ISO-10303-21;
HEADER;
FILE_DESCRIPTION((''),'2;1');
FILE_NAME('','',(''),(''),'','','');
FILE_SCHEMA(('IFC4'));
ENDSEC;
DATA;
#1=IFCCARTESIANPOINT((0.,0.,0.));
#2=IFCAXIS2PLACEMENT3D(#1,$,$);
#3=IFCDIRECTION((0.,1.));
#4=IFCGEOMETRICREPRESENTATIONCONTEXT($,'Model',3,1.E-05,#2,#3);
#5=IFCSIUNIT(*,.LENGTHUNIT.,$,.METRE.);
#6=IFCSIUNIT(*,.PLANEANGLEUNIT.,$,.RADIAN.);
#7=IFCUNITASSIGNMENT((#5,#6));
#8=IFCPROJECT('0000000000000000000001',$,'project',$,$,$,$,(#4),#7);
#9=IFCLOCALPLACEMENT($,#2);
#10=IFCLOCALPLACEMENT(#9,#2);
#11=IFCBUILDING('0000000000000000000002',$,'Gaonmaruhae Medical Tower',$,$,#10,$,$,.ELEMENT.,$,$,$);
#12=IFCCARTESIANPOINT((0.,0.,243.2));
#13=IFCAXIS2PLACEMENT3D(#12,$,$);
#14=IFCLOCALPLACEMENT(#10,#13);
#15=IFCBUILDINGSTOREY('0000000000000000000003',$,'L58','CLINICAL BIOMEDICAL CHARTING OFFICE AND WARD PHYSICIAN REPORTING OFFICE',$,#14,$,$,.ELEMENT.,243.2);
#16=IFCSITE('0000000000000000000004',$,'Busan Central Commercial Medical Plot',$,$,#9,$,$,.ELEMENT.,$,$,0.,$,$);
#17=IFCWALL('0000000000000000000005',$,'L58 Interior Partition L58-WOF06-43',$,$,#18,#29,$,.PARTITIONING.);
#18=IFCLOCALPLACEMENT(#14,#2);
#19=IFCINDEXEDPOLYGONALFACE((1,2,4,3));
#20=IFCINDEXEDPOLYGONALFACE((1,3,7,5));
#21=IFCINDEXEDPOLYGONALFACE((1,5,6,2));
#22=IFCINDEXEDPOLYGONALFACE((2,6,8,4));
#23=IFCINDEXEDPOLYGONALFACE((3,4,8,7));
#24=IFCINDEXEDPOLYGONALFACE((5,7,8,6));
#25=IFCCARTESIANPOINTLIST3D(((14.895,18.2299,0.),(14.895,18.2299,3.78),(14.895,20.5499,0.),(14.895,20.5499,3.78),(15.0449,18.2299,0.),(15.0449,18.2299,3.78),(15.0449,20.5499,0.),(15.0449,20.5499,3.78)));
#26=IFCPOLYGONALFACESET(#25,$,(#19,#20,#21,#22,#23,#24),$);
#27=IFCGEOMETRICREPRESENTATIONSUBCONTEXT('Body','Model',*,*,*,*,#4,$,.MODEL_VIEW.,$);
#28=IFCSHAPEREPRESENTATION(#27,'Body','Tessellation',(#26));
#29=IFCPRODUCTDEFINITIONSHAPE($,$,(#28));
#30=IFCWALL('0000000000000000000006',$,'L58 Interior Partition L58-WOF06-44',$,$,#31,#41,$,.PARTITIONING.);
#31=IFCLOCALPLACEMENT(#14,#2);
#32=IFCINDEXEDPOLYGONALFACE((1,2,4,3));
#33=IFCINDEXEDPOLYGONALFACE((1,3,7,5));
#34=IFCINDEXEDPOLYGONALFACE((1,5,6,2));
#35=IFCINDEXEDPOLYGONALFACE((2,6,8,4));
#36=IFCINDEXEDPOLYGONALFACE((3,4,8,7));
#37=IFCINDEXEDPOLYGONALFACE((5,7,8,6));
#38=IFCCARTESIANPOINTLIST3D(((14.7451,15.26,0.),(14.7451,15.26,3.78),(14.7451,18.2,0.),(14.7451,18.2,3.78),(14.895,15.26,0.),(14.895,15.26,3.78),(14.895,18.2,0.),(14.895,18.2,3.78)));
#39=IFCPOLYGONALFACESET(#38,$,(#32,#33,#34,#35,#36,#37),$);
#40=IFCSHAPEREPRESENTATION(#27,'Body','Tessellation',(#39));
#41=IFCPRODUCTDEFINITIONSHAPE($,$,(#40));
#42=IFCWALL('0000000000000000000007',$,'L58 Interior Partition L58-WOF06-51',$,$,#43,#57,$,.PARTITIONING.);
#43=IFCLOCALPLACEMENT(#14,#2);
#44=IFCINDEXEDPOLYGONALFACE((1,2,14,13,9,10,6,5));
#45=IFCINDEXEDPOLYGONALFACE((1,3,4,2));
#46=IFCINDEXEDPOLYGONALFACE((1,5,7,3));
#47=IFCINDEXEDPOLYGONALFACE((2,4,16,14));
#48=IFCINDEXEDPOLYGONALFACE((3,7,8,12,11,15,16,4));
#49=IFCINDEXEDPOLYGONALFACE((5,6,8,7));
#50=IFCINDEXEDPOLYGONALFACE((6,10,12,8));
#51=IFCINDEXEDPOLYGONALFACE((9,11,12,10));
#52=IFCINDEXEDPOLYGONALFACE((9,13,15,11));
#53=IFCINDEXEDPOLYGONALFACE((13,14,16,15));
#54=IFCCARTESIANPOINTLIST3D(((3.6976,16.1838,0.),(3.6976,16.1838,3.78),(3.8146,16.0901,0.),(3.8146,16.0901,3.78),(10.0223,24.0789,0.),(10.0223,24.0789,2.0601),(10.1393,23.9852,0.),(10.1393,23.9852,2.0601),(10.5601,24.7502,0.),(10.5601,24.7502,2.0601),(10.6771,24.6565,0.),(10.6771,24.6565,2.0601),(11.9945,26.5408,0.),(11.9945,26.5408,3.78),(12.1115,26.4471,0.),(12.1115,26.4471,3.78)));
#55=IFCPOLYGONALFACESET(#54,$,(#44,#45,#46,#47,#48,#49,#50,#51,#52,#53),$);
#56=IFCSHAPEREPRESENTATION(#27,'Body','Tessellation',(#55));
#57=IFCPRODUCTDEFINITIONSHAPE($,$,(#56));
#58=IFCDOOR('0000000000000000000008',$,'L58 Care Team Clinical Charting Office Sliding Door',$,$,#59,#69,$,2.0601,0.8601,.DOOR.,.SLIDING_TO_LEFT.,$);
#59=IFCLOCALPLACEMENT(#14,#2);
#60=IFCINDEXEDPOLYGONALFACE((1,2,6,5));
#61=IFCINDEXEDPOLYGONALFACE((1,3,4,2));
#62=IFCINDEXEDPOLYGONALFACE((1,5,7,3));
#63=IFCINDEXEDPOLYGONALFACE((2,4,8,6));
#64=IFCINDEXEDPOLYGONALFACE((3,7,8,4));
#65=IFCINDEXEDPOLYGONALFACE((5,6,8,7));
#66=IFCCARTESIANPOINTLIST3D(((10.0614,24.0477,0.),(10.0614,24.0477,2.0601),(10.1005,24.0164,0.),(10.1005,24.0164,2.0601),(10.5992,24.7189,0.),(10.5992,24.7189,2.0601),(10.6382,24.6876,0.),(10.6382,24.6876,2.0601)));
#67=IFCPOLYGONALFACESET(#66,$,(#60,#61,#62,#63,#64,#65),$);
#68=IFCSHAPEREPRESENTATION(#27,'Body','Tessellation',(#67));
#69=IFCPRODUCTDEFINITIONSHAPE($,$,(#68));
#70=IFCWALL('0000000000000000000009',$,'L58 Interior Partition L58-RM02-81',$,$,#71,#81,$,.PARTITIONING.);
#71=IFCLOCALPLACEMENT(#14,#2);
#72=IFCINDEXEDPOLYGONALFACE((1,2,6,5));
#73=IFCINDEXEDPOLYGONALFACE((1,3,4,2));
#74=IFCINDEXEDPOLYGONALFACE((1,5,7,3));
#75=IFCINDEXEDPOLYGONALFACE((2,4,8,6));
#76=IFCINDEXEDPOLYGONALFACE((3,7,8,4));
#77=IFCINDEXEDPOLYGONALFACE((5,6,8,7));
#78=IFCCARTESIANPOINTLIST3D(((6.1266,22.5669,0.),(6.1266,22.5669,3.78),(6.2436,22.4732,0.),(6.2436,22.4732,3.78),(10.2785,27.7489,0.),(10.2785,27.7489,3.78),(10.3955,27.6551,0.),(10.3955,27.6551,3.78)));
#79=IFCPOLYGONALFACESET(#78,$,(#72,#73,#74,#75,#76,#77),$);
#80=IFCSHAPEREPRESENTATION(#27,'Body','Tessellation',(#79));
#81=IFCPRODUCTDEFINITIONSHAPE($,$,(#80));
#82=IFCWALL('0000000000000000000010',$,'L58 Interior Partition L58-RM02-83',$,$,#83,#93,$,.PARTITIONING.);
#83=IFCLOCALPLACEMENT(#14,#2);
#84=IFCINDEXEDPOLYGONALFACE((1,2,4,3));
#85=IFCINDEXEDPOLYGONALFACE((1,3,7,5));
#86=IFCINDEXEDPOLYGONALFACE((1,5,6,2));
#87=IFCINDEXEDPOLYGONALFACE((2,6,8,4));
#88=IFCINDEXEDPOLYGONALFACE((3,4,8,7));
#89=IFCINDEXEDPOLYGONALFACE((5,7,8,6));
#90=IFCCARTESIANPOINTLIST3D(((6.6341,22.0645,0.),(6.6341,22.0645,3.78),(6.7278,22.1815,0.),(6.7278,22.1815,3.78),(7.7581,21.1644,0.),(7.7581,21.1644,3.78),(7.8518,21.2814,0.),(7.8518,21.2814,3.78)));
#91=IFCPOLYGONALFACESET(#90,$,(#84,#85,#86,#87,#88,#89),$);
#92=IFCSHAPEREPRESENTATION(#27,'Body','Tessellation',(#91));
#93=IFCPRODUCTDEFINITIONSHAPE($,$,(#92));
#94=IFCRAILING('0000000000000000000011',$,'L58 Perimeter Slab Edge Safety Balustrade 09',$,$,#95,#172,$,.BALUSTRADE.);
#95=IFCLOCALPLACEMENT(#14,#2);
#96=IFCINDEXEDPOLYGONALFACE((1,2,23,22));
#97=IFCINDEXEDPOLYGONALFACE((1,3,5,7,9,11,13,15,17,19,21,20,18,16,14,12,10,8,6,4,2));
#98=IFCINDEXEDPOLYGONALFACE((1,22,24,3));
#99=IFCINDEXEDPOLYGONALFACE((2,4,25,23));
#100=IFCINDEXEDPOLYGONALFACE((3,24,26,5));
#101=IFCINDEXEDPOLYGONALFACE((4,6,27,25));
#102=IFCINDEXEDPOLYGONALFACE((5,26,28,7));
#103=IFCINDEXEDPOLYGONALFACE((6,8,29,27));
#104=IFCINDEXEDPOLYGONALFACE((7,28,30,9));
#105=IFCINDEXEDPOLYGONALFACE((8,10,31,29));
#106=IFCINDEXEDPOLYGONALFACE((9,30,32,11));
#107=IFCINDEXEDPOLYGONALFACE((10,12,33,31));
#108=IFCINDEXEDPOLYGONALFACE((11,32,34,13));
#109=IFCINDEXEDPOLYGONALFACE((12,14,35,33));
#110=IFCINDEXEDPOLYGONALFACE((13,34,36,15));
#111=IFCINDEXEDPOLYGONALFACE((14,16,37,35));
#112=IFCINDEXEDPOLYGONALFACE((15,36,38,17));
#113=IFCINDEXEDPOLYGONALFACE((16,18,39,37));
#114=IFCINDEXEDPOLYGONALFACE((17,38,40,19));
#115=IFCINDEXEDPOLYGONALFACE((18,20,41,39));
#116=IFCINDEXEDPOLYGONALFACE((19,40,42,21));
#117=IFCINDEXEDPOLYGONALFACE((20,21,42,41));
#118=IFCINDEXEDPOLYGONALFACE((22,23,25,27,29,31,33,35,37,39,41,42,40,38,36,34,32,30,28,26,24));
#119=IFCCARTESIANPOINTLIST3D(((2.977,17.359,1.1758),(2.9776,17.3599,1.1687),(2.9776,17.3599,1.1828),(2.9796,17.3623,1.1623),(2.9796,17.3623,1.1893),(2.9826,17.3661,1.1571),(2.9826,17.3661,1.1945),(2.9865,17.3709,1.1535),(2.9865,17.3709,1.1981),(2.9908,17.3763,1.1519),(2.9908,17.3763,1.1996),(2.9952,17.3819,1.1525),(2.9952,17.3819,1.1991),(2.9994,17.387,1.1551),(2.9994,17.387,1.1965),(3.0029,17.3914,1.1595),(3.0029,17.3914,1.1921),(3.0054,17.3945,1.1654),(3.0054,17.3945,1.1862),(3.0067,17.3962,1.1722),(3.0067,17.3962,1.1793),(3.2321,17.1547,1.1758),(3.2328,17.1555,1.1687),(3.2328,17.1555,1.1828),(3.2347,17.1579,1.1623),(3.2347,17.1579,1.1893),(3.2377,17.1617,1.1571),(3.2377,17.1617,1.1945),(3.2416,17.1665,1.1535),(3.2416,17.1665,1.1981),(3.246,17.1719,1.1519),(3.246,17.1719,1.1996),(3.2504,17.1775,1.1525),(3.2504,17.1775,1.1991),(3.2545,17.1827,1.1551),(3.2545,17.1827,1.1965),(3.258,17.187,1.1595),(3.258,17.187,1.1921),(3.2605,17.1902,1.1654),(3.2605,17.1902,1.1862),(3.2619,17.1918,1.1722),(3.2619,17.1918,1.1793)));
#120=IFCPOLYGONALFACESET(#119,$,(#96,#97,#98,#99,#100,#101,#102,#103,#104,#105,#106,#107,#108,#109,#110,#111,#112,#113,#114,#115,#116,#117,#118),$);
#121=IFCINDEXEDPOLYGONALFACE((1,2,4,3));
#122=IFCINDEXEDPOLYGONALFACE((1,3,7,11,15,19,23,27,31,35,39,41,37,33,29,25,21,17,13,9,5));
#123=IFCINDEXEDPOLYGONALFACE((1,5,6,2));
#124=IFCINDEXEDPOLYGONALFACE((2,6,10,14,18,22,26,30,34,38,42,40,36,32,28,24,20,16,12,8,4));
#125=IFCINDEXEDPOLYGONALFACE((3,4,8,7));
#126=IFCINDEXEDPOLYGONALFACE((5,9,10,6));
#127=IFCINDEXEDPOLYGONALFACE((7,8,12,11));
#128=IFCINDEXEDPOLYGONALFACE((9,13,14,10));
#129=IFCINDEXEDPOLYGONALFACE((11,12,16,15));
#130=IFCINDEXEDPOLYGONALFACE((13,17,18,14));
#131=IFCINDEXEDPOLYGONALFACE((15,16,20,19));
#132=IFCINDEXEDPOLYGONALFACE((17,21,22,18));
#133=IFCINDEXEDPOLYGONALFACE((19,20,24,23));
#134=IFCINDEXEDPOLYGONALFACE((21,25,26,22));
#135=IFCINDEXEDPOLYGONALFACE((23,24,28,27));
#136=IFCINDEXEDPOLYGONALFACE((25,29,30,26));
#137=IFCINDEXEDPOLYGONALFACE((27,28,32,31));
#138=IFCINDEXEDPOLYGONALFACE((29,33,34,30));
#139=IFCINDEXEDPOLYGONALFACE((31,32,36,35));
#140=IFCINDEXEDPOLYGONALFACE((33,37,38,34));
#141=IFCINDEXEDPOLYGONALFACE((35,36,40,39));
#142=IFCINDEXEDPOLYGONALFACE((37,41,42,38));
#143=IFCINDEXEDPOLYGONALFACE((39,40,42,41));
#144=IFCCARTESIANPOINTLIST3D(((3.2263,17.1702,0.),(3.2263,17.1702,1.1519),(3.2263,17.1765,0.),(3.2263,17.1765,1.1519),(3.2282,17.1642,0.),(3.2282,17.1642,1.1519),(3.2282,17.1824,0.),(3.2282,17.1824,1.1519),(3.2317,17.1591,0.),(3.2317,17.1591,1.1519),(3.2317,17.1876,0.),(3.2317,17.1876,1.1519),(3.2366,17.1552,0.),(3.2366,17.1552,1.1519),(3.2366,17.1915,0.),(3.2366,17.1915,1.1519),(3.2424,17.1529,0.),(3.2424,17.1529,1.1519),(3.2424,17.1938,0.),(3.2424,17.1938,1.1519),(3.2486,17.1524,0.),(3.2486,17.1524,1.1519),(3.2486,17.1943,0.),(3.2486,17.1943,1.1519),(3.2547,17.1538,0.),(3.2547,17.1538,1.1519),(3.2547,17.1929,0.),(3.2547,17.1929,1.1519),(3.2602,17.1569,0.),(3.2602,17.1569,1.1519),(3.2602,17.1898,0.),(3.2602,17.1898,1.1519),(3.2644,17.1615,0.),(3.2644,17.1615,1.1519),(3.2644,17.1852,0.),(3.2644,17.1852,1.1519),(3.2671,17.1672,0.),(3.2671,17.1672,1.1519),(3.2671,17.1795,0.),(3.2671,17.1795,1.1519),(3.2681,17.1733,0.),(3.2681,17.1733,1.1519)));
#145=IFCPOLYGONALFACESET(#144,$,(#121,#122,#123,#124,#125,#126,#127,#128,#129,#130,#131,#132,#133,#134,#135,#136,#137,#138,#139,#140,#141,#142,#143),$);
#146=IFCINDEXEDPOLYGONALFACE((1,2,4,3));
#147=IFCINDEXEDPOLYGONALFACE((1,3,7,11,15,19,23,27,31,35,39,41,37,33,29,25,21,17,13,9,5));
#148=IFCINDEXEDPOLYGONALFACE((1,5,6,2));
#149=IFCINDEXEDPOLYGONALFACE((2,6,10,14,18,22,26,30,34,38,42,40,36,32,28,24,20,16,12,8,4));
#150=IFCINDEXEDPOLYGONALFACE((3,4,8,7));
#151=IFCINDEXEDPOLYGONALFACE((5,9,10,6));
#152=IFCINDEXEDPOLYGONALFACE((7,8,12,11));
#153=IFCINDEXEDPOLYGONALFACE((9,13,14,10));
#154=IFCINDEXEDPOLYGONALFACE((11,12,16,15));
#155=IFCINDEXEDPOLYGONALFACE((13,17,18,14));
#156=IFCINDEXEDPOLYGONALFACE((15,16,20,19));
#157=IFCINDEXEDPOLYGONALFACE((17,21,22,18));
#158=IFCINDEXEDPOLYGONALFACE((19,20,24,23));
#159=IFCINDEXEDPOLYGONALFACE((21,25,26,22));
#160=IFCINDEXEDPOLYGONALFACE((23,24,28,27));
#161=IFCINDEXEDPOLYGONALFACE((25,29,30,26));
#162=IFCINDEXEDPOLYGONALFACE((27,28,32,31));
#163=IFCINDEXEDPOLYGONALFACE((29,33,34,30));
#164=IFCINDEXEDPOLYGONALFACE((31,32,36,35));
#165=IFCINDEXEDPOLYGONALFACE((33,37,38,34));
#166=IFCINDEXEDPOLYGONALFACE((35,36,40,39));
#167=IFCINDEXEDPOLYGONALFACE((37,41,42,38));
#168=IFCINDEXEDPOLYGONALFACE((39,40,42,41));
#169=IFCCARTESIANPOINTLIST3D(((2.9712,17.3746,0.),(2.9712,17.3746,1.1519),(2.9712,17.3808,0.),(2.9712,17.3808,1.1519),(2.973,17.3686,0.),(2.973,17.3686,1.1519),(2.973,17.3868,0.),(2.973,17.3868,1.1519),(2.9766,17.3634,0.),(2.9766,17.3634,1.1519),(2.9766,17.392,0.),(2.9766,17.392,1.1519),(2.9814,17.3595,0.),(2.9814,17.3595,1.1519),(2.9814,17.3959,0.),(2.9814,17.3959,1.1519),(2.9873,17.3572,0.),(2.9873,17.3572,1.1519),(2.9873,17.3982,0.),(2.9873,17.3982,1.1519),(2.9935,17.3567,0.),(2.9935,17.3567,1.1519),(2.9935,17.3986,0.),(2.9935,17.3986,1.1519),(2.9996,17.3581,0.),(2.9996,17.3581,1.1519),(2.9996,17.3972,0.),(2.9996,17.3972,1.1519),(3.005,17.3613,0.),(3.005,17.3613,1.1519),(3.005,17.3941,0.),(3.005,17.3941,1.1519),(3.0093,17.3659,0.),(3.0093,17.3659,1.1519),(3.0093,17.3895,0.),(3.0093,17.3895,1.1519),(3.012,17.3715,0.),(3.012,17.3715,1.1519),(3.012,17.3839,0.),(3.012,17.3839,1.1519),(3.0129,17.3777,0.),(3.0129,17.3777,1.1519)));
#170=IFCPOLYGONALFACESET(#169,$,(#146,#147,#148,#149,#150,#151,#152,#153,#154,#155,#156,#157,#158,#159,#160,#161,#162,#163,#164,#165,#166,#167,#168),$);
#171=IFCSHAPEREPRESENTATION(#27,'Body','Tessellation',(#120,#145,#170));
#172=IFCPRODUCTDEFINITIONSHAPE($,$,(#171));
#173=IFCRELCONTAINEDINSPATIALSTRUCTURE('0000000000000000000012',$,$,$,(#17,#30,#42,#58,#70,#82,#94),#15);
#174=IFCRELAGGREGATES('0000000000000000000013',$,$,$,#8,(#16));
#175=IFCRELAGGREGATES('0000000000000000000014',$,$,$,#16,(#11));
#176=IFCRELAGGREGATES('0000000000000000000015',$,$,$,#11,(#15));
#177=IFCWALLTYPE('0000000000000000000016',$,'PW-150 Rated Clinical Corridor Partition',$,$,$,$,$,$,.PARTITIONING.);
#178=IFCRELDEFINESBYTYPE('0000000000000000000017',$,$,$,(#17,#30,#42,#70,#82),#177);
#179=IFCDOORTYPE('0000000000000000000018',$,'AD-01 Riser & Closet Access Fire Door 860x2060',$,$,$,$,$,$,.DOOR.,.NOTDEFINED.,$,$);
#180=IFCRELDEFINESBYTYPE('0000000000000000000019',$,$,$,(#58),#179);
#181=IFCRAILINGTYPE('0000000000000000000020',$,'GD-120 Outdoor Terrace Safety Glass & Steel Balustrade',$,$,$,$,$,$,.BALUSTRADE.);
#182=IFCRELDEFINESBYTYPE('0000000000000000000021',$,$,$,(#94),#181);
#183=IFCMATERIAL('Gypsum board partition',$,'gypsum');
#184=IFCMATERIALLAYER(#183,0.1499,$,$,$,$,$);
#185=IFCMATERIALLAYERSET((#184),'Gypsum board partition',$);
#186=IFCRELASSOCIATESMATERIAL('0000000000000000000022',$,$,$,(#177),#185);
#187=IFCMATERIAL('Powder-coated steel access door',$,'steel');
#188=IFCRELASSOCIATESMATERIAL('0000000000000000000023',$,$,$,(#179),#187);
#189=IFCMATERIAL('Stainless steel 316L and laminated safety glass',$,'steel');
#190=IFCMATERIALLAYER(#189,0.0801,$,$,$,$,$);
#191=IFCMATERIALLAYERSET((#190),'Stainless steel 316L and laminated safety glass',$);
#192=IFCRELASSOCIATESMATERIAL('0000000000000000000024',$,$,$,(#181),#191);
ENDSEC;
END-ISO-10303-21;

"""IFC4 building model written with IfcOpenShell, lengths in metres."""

from ifc_helpers import new_model, si_unit, direction, frame, frame_2d, origin, origin_2d, place, context, subcontext, project, spatial, rectangle, circle, extrude, material, layer, layer_set, type_object, element, fill, save


model = new_model("IFC4")

# Units and contexts
model_context = context("Model", 3, precision=1e-05, world=origin(), true_north=direction((0.0, 1.0)))
body_context = subcontext(model_context, "Body", "Model", "MODEL_VIEW")
ifc_project = project(units=[si_unit("LENGTHUNIT", "METRE"), si_unit("PLANEANGLEUNIT", "RADIAN")], contexts=[model_context])

# Site, building, storey
site_placement = place(None, origin())
site = spatial("IfcSite", under=ifc_project, at=site_placement, Name="Busan Central Commercial Medical Plot", CompositionType="ELEMENT", RefElevation=0.0)
building_placement = place(site_placement, origin())
building = spatial("IfcBuilding", under=site, at=building_placement, Name="Gaonmaruhae Medical Tower", CompositionType="ELEMENT")
storey_placement = place(building_placement, frame((0.0, 0.0, 243.2)))
storey = spatial("IfcBuildingStorey", under=building, at=storey_placement, Name="L58", Description="CLINICAL BIOMEDICAL CHARTING OFFICE AND WARD PHYSICIAN REPORTING OFFICE", CompositionType="ELEMENT", Elevation=243.2)

# Walls
ifc_material_1 = material(Name="Gypsum board partition", Category="gypsum")
ifc_layer_1 = layer(ifc_material_1, 0.1499)
ifc_layer_set_1 = layer_set([ifc_layer_1], Name="Gypsum board partition")
wall_type_1 = type_object("IfcWallType", Name="PW-150 Rated Clinical Corridor Partition", PredefinedType="PARTITIONING", material=ifc_layer_set_1)
wall_1_placement = place(storey_placement, frame((14.97, 20.55, 0.0), z_axis=(0.0, 0.0, 1.0), x_axis=(0.0, -1.0, 0.0)))
element("IfcWall", 1, at=wall_1_placement, inside=storey, type_object=wall_type_1, Name="L58 Interior Partition L58-WOF06-43", PredefinedType="PARTITIONING", context=body_context, shape_type="SweptSolid", body=[
    extrude(rectangle(XDim=2.3201, YDim=0.1499, at=frame_2d((1.1602, 0.0))), origin(), (0.0, 0.0, 1.0), 3.78),
])
wall_2_placement = place(storey_placement, frame((14.8201, 18.2, 0.0), z_axis=(0.0, 0.0, 1.0), x_axis=(0.0, -1.0, 0.0)))
element("IfcWall", 2, at=wall_2_placement, inside=storey, type_object=wall_type_1, Name="L58 Interior Partition L58-WOF06-44", PredefinedType="PARTITIONING", context=body_context, shape_type="SweptSolid", body=[
    extrude(rectangle(XDim=2.9399, YDim=0.1499, at=frame_2d((1.47, 0.0))), origin(), (0.0, 0.0, 1.0), 3.78),
])

# Wall, opening, door
wall_3_placement = place(storey_placement, frame((3.7561, 16.137, 0.0), z_axis=(0.0, 0.0, 1.0), x_axis=(0.625215, 0.780452, 0.0)))
wall_3 = element("IfcWall", 3, at=wall_3_placement, inside=storey, type_object=wall_type_1, Name="L58 Interior Partition L58-WOF06-51", PredefinedType="PARTITIONING", context=body_context, shape_type="SweptSolid", body=[
    extrude(rectangle(XDim=13.2705, YDim=0.1499, at=frame_2d((6.6353, 0.0))), origin(), (0.0, 0.0, 1.0), 3.78),
])
opening_placement = place(wall_3_placement, frame((10.116, 0.0, 0.0)))
opening = element("IfcOpeningElement", 4, at=opening_placement, cuts=wall_3, PredefinedType="OPENING", context=body_context, shape_type="SweptSolid", body=[
    extrude(rectangle(XDim=0.8601, YDim=2.0601, at=frame_2d((0.4302, 1.03))), frame((0.0, 0.085, 0.0), z_axis=(0.0, -1.0, 0.0), x_axis=(1.0, 0.0, 0.0)), (0.0, 0.0, 1.0), 0.1699),
])
ifc_material_2 = material(Name="Powder-coated steel access door", Category="steel")
door_type = type_object("IfcDoorType", Name="AD-01 Riser & Closet Access Fire Door 860x2060", OperationType="NOTDEFINED", PredefinedType="DOOR", material=ifc_material_2)
door_placement = place(opening_placement, origin())
door = element("IfcDoor", 5, at=door_placement, inside=storey, type_object=door_type, Name="L58 Care Team Clinical Charting Office Sliding Door", OperationType="SLIDING_TO_LEFT", OverallHeight=2.0601, OverallWidth=0.8601, PredefinedType="DOOR", context=body_context, shape_type="SweptSolid", body=[
    extrude(rectangle(XDim=0.8601, YDim=2.0601, at=frame_2d((0.4302, 1.03))), frame((0.0, 0.0249, 0.0), z_axis=(0.0, -1.0, 0.0), x_axis=(1.0, 0.0, 0.0)), (0.0, 0.0, 1.0), 0.05),
])
fill(opening, door)

# Walls
wall_4_placement = place(storey_placement, frame((6.1851, 22.52, 0.0), z_axis=(0.0, 0.0, 1.0), x_axis=(0.625278, 0.780402, 0.0)))
element("IfcWall", 6, at=wall_4_placement, inside=storey, type_object=wall_type_1, Name="L58 Interior Partition L58-RM02-81", PredefinedType="PARTITIONING", context=body_context, shape_type="SweptSolid", body=[
    extrude(rectangle(XDim=6.6401, YDim=0.1499, at=frame_2d((3.3201, 0.0))), origin(), (0.0, 0.0, 1.0), 3.78),
])
wall_5_placement = place(storey_placement, frame((7.8049, 21.2229, 0.0), z_axis=(0.0, 0.0, 1.0), x_axis=(-0.780554, 0.625088, 0.0)))
element("IfcWall", 7, at=wall_5_placement, inside=storey, type_object=wall_type_1, Name="L58 Interior Partition L58-RM02-83", PredefinedType="PARTITIONING", context=body_context, shape_type="SweptSolid", body=[
    extrude(rectangle(XDim=1.4399, YDim=0.1499, at=frame_2d((0.72, 0.0))), origin(), (0.0, 0.0, 1.0), 3.78),
])

# Railing
ifc_material_3 = material(Name="Stainless steel 316L and laminated safety glass", Category="steel")
ifc_layer_2 = layer(ifc_material_3, 0.0801)
ifc_layer_set_2 = layer_set([ifc_layer_2], Name="Stainless steel 316L and laminated safety glass")
railing_type = type_object("IfcRailingType", Name="GD-120 Outdoor Terrace Safety Glass & Steel Balustrade", PredefinedType="BALUSTRADE", material=ifc_layer_set_2)
railing_1_placement = place(storey_placement, frame((3.2471, 17.1733, 0.0)))
element("IfcRailing", 8, at=railing_1_placement, inside=storey, type_object=railing_type, Name="L58 Perimeter Slab Edge Safety Balustrade 09", PredefinedType="BALUSTRADE", context=body_context, shape_type="SweptSolid", body=[
    extrude(circle(Radius=0.0239, at=origin_2d()), frame((0.0, 0.0, 1.1758), z_axis=(-0.780504, 0.62515, 0.0), x_axis=(-0.62515, -0.780504, 0.0)), (0.0, 0.0, 1.0), 0.3269),
    extrude(circle(Radius=0.021, at=origin_2d()), origin(), (0.0, 0.0, 1.0), 1.1519),
    extrude(circle(Radius=0.021, at=origin_2d()), frame((-0.2551, 0.2043, 0.0)), (0.0, 0.0, 1.0), 1.1519),
])

save(model, "model.ifc")
